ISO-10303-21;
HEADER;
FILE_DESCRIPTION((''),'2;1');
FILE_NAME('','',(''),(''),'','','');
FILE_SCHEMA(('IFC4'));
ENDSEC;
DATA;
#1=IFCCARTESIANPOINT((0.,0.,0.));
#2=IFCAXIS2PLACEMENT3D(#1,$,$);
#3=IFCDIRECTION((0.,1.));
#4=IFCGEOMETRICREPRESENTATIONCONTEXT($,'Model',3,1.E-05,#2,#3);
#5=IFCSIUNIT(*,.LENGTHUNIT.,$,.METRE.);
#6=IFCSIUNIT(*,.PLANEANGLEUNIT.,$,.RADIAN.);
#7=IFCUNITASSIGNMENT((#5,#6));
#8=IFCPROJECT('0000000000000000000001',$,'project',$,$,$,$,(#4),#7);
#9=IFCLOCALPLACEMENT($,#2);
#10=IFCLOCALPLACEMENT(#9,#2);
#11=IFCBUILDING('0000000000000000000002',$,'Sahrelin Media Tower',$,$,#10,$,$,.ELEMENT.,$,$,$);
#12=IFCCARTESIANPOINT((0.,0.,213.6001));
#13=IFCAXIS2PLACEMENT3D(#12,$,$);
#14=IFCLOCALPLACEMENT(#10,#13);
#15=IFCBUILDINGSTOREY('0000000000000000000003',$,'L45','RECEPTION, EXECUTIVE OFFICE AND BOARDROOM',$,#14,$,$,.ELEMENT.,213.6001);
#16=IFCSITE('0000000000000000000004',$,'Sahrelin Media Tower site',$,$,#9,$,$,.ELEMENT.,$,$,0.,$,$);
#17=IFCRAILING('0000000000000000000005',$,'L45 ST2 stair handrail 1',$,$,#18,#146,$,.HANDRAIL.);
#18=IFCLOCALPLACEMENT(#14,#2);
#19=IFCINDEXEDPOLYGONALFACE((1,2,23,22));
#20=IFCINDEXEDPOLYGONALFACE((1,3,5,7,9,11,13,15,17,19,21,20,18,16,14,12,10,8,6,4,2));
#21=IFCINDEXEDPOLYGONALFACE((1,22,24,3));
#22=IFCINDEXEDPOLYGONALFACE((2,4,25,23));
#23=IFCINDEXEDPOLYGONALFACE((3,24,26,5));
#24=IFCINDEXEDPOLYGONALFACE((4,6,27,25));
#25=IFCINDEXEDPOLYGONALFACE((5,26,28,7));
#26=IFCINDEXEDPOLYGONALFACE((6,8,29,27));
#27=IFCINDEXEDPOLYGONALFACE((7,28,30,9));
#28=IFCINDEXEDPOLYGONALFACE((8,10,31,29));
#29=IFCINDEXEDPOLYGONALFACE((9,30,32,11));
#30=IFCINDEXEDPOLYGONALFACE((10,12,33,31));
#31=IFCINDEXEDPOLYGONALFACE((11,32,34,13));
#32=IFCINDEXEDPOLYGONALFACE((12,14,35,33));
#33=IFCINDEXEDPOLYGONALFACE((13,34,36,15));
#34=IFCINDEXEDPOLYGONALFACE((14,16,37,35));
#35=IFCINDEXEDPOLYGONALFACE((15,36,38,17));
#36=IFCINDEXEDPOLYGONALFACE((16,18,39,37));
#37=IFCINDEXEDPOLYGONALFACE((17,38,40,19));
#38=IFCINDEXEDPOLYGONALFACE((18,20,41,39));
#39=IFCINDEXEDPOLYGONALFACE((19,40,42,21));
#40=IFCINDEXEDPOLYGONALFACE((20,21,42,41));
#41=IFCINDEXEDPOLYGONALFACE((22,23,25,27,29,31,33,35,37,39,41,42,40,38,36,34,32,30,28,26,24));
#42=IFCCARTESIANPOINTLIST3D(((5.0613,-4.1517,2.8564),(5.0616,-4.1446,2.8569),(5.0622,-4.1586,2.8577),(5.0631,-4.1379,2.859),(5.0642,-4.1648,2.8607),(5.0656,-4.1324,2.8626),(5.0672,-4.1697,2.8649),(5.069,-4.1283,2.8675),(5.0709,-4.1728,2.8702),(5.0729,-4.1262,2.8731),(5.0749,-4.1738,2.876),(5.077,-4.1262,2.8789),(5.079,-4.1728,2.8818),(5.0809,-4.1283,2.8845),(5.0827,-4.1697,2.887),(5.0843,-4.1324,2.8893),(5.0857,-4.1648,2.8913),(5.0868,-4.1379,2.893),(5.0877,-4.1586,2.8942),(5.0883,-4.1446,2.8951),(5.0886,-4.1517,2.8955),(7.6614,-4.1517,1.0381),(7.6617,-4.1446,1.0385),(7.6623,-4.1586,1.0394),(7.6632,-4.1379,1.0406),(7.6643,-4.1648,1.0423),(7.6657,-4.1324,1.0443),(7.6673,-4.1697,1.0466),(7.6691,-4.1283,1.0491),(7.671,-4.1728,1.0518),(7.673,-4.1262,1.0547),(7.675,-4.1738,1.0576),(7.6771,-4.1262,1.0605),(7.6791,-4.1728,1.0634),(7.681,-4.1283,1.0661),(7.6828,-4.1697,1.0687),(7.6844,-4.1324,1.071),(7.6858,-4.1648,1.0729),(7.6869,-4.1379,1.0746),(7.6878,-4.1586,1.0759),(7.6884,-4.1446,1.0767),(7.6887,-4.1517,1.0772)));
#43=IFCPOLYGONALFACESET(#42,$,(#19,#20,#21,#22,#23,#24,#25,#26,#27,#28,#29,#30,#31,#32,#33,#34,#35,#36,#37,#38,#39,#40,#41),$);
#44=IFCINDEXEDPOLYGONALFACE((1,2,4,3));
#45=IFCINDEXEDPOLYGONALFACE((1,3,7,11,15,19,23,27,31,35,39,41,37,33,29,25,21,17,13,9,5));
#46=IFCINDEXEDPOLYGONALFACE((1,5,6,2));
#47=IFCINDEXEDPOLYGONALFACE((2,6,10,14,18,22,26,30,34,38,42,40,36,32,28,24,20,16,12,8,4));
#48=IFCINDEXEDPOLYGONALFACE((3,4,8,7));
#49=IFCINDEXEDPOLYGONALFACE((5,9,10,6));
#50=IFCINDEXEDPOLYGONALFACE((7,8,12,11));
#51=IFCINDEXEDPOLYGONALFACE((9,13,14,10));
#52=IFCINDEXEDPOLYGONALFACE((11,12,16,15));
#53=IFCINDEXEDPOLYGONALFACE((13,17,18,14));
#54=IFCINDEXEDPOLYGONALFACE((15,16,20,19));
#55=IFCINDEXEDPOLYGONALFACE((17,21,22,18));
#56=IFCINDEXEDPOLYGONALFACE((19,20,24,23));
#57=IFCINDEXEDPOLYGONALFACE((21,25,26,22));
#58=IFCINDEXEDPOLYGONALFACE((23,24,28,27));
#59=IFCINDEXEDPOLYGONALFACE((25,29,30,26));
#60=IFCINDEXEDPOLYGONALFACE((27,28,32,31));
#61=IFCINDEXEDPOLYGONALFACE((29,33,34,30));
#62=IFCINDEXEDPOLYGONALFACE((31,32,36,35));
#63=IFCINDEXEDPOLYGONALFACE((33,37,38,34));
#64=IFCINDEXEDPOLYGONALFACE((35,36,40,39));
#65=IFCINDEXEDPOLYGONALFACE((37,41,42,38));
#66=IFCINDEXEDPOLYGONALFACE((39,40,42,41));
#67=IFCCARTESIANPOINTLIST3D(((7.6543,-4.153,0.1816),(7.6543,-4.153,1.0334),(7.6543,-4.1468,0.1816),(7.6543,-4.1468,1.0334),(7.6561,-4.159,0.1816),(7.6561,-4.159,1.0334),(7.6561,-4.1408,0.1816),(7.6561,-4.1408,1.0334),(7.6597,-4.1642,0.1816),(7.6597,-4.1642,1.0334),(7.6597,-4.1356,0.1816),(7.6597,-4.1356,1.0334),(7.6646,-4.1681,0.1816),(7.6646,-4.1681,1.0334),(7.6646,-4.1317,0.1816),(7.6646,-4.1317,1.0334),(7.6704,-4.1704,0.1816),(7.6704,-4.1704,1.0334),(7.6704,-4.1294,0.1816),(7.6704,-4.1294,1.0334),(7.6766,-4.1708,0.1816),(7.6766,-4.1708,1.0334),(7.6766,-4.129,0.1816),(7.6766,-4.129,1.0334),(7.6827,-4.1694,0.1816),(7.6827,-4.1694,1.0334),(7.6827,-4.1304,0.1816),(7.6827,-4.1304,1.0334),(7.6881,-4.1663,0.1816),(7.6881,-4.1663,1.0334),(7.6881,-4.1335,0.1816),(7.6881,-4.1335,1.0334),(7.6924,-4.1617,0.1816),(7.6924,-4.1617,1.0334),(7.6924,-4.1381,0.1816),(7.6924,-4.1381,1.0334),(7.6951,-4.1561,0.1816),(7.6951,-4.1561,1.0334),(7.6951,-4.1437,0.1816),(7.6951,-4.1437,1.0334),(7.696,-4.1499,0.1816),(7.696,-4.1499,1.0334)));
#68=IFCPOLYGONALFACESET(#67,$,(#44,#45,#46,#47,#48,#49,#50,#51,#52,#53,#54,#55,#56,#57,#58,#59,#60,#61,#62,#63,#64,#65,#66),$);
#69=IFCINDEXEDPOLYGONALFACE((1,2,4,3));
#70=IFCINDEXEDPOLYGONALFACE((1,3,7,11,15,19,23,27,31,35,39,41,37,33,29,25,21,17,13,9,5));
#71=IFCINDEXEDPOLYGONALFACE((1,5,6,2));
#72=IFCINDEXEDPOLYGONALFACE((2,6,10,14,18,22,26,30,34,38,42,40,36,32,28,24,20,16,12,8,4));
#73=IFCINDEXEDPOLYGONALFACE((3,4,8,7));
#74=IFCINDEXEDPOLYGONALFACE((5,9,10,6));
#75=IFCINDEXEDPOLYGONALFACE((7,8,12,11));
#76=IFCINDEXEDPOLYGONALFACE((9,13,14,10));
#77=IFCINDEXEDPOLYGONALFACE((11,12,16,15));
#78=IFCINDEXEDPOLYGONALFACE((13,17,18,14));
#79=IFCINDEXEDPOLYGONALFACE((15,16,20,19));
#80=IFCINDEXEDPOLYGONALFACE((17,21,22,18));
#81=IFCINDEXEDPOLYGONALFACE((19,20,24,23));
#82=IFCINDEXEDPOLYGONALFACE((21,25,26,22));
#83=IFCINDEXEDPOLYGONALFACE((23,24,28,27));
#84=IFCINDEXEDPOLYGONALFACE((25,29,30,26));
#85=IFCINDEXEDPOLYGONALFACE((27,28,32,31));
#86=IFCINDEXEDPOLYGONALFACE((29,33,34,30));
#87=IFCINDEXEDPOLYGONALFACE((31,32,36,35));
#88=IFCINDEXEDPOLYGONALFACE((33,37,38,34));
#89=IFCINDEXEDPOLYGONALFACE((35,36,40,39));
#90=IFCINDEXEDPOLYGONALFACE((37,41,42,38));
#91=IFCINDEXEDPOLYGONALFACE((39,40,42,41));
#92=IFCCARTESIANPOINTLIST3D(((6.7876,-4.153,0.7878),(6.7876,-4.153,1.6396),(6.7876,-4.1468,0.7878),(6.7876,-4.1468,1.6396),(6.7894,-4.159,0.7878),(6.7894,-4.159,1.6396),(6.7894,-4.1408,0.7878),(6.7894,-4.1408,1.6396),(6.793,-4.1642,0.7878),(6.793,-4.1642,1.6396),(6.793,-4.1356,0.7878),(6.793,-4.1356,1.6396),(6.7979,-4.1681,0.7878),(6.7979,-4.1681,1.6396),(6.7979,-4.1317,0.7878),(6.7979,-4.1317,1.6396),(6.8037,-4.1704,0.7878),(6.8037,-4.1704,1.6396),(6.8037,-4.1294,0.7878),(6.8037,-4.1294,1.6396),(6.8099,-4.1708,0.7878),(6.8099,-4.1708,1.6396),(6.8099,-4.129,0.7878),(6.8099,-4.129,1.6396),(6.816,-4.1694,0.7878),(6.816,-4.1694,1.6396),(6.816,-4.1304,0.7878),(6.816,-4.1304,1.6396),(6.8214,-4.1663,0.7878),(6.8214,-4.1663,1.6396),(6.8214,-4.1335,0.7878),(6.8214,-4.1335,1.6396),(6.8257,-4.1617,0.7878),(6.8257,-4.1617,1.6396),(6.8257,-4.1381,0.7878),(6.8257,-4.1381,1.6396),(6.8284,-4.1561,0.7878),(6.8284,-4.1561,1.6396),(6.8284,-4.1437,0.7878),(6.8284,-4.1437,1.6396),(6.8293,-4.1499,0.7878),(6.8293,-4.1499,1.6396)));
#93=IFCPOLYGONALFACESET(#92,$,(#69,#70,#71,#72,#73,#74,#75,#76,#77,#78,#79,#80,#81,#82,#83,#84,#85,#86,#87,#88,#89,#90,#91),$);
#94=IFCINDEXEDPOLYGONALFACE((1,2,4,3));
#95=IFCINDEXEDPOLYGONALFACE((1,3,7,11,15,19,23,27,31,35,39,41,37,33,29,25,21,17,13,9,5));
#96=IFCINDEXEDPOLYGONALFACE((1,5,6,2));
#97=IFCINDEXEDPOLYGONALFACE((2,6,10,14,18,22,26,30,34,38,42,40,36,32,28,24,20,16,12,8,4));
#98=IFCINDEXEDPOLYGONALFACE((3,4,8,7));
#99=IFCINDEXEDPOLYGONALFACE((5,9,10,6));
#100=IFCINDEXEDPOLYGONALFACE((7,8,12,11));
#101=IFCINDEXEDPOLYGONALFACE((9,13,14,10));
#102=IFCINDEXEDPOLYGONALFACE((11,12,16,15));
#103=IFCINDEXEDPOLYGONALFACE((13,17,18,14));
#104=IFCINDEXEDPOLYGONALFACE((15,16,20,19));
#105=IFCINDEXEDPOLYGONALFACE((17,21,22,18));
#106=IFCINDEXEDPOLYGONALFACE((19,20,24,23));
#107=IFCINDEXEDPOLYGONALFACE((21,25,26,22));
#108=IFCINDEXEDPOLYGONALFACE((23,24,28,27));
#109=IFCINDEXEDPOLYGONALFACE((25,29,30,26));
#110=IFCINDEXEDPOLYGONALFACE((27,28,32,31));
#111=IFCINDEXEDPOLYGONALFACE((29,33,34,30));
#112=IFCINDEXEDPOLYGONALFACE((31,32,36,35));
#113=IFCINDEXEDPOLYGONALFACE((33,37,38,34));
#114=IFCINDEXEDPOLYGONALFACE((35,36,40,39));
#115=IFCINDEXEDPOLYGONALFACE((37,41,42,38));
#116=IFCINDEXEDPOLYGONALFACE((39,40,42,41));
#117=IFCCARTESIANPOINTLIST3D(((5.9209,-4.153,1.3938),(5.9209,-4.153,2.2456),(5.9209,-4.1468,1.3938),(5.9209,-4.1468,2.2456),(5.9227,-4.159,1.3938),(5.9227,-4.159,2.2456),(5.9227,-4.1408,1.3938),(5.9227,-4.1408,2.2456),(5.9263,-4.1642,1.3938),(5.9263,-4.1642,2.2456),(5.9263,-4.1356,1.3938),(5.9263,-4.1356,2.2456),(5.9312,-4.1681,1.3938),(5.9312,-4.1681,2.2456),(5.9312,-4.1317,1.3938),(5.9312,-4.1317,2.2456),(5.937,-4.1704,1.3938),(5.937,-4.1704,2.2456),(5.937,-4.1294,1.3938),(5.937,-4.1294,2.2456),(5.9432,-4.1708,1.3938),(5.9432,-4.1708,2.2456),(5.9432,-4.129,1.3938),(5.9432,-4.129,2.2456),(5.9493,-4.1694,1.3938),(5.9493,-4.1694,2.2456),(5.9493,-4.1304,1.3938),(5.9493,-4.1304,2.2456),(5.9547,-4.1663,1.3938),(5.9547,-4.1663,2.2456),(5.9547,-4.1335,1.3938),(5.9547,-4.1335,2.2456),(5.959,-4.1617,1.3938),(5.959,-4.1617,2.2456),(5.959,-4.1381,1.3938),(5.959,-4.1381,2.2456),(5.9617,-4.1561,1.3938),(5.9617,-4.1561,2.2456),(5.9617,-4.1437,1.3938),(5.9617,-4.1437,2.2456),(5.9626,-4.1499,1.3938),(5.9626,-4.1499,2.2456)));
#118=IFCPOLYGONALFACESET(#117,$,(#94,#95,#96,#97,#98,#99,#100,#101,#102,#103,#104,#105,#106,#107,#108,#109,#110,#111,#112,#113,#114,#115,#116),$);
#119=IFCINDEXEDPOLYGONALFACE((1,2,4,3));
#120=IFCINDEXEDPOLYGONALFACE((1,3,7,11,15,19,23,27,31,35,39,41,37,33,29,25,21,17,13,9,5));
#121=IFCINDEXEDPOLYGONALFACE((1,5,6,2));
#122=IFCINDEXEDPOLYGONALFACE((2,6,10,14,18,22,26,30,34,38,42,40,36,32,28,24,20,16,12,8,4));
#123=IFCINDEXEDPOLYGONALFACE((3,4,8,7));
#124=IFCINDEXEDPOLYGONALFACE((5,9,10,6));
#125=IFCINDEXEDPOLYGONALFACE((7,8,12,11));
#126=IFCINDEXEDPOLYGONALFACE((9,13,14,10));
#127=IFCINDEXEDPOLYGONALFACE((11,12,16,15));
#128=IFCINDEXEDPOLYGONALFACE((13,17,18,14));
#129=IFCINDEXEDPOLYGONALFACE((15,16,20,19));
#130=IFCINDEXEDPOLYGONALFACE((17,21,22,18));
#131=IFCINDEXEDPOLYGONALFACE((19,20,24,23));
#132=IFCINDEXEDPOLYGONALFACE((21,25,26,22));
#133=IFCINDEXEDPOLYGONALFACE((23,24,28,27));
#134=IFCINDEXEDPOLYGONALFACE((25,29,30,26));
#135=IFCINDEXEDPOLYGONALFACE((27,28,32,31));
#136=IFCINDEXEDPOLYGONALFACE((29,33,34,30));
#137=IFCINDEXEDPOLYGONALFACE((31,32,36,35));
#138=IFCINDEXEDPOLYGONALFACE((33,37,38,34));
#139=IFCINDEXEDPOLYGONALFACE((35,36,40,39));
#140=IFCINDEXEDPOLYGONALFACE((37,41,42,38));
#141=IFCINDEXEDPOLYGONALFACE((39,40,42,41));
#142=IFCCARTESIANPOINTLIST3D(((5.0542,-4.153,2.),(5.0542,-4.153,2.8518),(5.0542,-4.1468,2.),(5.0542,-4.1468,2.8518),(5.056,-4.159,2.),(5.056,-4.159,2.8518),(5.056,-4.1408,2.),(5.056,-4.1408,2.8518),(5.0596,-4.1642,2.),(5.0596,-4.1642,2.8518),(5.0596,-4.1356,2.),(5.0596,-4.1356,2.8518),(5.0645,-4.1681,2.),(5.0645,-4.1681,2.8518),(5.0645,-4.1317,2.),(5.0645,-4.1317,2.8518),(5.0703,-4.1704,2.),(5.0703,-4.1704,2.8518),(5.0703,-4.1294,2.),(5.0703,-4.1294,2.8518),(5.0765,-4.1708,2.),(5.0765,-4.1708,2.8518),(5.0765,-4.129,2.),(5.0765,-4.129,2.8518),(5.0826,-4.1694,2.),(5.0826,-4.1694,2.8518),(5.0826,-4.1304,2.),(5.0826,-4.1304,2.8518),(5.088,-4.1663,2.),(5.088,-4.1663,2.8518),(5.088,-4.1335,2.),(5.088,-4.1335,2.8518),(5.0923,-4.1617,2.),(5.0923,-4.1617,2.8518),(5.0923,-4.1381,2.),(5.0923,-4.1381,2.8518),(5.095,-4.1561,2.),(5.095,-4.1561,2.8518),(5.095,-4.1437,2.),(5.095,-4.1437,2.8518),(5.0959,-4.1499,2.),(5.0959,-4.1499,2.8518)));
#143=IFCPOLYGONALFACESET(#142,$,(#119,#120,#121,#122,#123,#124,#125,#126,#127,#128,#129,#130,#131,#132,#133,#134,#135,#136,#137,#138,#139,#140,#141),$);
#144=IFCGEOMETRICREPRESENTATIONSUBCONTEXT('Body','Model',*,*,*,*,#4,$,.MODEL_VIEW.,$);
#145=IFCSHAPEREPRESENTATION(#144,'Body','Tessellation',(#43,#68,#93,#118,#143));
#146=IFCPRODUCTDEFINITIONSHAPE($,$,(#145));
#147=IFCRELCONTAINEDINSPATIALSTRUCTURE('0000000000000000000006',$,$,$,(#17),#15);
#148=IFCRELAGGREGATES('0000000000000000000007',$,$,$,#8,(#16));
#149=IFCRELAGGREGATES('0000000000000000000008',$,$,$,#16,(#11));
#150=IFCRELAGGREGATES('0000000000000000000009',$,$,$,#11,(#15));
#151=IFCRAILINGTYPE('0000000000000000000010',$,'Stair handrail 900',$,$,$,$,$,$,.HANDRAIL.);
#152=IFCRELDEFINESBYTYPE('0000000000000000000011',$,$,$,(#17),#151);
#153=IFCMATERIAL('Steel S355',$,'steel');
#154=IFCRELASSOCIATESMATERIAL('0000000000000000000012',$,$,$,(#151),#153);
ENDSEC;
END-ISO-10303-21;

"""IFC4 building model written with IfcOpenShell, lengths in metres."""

from ifc_helpers import new_model, si_unit, direction, frame, origin, origin_2d, place, context, subcontext, project, spatial, circle, extrude, material, type_object, element, save


model = new_model("IFC4")

# Units and contexts
model_context = context("Model", 3, precision=1e-05, world=origin(), true_north=direction((0.0, 1.0)))
body_context = subcontext(model_context, "Body", "Model", "MODEL_VIEW")
ifc_project = project(units=[si_unit("LENGTHUNIT", "METRE"), si_unit("PLANEANGLEUNIT", "RADIAN")], contexts=[model_context])

# Site, building, storey
site_placement = place(None, origin())
site = spatial("IfcSite", under=ifc_project, at=site_placement, Name="Sahrelin Media Tower site", CompositionType="ELEMENT", RefElevation=0.0)
building_placement = place(site_placement, origin())
building = spatial("IfcBuilding", under=site, at=building_placement, Name="Sahrelin Media Tower", CompositionType="ELEMENT")
storey_placement = place(building_placement, frame((0.0, 0.0, 213.6001)))
storey = spatial("IfcBuildingStorey", under=building, at=storey_placement, Name="L45", Description="RECEPTION, EXECUTIVE OFFICE AND BOARDROOM", CompositionType="ELEMENT", Elevation=213.6001)

# Shared definitions
ifc_material_1 = material(Name="Steel S355", Category="steel")

# Railing
railing_type_1 = type_object("IfcRailingType", Name="Stair handrail 900", PredefinedType="HANDRAIL", material=ifc_material_1)
railing_1_placement = place(storey_placement, frame((7.675, -4.1499, 0.1816)))
element("IfcRailing", 1, at=railing_1_placement, inside=storey, type_object=railing_type_1, Name="L45 ST2 stair handrail 1", PredefinedType="HANDRAIL", context=body_context, shape_type="SweptSolid", body=[
    extrude(circle(Radius=0.0239, at=origin_2d()), frame((0.0, 0.0, 0.876), z_axis=(-0.819485, 0.0, 0.573101), x_axis=(0.0, -1.0, 0.0)), (0.0, 0.0, 1.0), 3.1729),
    extrude(circle(Radius=0.021, at=origin_2d()), origin(), (0.0, 0.0, 1.0), 0.8518),
    extrude(circle(Radius=0.021, at=origin_2d()), frame((-0.8667, 0.0, 0.6062)), (0.0, 0.0, 1.0), 0.8518),
    extrude(circle(Radius=0.021, at=origin_2d()), frame((-1.7334, 0.0, 1.2122)), (0.0, 0.0, 1.0), 0.8518),
    extrude(circle(Radius=0.021, at=origin_2d()), frame((-2.6001, 0.0, 1.8184)), (0.0, 0.0, 1.0), 0.8518),
])

save(model, "model.ifc")
